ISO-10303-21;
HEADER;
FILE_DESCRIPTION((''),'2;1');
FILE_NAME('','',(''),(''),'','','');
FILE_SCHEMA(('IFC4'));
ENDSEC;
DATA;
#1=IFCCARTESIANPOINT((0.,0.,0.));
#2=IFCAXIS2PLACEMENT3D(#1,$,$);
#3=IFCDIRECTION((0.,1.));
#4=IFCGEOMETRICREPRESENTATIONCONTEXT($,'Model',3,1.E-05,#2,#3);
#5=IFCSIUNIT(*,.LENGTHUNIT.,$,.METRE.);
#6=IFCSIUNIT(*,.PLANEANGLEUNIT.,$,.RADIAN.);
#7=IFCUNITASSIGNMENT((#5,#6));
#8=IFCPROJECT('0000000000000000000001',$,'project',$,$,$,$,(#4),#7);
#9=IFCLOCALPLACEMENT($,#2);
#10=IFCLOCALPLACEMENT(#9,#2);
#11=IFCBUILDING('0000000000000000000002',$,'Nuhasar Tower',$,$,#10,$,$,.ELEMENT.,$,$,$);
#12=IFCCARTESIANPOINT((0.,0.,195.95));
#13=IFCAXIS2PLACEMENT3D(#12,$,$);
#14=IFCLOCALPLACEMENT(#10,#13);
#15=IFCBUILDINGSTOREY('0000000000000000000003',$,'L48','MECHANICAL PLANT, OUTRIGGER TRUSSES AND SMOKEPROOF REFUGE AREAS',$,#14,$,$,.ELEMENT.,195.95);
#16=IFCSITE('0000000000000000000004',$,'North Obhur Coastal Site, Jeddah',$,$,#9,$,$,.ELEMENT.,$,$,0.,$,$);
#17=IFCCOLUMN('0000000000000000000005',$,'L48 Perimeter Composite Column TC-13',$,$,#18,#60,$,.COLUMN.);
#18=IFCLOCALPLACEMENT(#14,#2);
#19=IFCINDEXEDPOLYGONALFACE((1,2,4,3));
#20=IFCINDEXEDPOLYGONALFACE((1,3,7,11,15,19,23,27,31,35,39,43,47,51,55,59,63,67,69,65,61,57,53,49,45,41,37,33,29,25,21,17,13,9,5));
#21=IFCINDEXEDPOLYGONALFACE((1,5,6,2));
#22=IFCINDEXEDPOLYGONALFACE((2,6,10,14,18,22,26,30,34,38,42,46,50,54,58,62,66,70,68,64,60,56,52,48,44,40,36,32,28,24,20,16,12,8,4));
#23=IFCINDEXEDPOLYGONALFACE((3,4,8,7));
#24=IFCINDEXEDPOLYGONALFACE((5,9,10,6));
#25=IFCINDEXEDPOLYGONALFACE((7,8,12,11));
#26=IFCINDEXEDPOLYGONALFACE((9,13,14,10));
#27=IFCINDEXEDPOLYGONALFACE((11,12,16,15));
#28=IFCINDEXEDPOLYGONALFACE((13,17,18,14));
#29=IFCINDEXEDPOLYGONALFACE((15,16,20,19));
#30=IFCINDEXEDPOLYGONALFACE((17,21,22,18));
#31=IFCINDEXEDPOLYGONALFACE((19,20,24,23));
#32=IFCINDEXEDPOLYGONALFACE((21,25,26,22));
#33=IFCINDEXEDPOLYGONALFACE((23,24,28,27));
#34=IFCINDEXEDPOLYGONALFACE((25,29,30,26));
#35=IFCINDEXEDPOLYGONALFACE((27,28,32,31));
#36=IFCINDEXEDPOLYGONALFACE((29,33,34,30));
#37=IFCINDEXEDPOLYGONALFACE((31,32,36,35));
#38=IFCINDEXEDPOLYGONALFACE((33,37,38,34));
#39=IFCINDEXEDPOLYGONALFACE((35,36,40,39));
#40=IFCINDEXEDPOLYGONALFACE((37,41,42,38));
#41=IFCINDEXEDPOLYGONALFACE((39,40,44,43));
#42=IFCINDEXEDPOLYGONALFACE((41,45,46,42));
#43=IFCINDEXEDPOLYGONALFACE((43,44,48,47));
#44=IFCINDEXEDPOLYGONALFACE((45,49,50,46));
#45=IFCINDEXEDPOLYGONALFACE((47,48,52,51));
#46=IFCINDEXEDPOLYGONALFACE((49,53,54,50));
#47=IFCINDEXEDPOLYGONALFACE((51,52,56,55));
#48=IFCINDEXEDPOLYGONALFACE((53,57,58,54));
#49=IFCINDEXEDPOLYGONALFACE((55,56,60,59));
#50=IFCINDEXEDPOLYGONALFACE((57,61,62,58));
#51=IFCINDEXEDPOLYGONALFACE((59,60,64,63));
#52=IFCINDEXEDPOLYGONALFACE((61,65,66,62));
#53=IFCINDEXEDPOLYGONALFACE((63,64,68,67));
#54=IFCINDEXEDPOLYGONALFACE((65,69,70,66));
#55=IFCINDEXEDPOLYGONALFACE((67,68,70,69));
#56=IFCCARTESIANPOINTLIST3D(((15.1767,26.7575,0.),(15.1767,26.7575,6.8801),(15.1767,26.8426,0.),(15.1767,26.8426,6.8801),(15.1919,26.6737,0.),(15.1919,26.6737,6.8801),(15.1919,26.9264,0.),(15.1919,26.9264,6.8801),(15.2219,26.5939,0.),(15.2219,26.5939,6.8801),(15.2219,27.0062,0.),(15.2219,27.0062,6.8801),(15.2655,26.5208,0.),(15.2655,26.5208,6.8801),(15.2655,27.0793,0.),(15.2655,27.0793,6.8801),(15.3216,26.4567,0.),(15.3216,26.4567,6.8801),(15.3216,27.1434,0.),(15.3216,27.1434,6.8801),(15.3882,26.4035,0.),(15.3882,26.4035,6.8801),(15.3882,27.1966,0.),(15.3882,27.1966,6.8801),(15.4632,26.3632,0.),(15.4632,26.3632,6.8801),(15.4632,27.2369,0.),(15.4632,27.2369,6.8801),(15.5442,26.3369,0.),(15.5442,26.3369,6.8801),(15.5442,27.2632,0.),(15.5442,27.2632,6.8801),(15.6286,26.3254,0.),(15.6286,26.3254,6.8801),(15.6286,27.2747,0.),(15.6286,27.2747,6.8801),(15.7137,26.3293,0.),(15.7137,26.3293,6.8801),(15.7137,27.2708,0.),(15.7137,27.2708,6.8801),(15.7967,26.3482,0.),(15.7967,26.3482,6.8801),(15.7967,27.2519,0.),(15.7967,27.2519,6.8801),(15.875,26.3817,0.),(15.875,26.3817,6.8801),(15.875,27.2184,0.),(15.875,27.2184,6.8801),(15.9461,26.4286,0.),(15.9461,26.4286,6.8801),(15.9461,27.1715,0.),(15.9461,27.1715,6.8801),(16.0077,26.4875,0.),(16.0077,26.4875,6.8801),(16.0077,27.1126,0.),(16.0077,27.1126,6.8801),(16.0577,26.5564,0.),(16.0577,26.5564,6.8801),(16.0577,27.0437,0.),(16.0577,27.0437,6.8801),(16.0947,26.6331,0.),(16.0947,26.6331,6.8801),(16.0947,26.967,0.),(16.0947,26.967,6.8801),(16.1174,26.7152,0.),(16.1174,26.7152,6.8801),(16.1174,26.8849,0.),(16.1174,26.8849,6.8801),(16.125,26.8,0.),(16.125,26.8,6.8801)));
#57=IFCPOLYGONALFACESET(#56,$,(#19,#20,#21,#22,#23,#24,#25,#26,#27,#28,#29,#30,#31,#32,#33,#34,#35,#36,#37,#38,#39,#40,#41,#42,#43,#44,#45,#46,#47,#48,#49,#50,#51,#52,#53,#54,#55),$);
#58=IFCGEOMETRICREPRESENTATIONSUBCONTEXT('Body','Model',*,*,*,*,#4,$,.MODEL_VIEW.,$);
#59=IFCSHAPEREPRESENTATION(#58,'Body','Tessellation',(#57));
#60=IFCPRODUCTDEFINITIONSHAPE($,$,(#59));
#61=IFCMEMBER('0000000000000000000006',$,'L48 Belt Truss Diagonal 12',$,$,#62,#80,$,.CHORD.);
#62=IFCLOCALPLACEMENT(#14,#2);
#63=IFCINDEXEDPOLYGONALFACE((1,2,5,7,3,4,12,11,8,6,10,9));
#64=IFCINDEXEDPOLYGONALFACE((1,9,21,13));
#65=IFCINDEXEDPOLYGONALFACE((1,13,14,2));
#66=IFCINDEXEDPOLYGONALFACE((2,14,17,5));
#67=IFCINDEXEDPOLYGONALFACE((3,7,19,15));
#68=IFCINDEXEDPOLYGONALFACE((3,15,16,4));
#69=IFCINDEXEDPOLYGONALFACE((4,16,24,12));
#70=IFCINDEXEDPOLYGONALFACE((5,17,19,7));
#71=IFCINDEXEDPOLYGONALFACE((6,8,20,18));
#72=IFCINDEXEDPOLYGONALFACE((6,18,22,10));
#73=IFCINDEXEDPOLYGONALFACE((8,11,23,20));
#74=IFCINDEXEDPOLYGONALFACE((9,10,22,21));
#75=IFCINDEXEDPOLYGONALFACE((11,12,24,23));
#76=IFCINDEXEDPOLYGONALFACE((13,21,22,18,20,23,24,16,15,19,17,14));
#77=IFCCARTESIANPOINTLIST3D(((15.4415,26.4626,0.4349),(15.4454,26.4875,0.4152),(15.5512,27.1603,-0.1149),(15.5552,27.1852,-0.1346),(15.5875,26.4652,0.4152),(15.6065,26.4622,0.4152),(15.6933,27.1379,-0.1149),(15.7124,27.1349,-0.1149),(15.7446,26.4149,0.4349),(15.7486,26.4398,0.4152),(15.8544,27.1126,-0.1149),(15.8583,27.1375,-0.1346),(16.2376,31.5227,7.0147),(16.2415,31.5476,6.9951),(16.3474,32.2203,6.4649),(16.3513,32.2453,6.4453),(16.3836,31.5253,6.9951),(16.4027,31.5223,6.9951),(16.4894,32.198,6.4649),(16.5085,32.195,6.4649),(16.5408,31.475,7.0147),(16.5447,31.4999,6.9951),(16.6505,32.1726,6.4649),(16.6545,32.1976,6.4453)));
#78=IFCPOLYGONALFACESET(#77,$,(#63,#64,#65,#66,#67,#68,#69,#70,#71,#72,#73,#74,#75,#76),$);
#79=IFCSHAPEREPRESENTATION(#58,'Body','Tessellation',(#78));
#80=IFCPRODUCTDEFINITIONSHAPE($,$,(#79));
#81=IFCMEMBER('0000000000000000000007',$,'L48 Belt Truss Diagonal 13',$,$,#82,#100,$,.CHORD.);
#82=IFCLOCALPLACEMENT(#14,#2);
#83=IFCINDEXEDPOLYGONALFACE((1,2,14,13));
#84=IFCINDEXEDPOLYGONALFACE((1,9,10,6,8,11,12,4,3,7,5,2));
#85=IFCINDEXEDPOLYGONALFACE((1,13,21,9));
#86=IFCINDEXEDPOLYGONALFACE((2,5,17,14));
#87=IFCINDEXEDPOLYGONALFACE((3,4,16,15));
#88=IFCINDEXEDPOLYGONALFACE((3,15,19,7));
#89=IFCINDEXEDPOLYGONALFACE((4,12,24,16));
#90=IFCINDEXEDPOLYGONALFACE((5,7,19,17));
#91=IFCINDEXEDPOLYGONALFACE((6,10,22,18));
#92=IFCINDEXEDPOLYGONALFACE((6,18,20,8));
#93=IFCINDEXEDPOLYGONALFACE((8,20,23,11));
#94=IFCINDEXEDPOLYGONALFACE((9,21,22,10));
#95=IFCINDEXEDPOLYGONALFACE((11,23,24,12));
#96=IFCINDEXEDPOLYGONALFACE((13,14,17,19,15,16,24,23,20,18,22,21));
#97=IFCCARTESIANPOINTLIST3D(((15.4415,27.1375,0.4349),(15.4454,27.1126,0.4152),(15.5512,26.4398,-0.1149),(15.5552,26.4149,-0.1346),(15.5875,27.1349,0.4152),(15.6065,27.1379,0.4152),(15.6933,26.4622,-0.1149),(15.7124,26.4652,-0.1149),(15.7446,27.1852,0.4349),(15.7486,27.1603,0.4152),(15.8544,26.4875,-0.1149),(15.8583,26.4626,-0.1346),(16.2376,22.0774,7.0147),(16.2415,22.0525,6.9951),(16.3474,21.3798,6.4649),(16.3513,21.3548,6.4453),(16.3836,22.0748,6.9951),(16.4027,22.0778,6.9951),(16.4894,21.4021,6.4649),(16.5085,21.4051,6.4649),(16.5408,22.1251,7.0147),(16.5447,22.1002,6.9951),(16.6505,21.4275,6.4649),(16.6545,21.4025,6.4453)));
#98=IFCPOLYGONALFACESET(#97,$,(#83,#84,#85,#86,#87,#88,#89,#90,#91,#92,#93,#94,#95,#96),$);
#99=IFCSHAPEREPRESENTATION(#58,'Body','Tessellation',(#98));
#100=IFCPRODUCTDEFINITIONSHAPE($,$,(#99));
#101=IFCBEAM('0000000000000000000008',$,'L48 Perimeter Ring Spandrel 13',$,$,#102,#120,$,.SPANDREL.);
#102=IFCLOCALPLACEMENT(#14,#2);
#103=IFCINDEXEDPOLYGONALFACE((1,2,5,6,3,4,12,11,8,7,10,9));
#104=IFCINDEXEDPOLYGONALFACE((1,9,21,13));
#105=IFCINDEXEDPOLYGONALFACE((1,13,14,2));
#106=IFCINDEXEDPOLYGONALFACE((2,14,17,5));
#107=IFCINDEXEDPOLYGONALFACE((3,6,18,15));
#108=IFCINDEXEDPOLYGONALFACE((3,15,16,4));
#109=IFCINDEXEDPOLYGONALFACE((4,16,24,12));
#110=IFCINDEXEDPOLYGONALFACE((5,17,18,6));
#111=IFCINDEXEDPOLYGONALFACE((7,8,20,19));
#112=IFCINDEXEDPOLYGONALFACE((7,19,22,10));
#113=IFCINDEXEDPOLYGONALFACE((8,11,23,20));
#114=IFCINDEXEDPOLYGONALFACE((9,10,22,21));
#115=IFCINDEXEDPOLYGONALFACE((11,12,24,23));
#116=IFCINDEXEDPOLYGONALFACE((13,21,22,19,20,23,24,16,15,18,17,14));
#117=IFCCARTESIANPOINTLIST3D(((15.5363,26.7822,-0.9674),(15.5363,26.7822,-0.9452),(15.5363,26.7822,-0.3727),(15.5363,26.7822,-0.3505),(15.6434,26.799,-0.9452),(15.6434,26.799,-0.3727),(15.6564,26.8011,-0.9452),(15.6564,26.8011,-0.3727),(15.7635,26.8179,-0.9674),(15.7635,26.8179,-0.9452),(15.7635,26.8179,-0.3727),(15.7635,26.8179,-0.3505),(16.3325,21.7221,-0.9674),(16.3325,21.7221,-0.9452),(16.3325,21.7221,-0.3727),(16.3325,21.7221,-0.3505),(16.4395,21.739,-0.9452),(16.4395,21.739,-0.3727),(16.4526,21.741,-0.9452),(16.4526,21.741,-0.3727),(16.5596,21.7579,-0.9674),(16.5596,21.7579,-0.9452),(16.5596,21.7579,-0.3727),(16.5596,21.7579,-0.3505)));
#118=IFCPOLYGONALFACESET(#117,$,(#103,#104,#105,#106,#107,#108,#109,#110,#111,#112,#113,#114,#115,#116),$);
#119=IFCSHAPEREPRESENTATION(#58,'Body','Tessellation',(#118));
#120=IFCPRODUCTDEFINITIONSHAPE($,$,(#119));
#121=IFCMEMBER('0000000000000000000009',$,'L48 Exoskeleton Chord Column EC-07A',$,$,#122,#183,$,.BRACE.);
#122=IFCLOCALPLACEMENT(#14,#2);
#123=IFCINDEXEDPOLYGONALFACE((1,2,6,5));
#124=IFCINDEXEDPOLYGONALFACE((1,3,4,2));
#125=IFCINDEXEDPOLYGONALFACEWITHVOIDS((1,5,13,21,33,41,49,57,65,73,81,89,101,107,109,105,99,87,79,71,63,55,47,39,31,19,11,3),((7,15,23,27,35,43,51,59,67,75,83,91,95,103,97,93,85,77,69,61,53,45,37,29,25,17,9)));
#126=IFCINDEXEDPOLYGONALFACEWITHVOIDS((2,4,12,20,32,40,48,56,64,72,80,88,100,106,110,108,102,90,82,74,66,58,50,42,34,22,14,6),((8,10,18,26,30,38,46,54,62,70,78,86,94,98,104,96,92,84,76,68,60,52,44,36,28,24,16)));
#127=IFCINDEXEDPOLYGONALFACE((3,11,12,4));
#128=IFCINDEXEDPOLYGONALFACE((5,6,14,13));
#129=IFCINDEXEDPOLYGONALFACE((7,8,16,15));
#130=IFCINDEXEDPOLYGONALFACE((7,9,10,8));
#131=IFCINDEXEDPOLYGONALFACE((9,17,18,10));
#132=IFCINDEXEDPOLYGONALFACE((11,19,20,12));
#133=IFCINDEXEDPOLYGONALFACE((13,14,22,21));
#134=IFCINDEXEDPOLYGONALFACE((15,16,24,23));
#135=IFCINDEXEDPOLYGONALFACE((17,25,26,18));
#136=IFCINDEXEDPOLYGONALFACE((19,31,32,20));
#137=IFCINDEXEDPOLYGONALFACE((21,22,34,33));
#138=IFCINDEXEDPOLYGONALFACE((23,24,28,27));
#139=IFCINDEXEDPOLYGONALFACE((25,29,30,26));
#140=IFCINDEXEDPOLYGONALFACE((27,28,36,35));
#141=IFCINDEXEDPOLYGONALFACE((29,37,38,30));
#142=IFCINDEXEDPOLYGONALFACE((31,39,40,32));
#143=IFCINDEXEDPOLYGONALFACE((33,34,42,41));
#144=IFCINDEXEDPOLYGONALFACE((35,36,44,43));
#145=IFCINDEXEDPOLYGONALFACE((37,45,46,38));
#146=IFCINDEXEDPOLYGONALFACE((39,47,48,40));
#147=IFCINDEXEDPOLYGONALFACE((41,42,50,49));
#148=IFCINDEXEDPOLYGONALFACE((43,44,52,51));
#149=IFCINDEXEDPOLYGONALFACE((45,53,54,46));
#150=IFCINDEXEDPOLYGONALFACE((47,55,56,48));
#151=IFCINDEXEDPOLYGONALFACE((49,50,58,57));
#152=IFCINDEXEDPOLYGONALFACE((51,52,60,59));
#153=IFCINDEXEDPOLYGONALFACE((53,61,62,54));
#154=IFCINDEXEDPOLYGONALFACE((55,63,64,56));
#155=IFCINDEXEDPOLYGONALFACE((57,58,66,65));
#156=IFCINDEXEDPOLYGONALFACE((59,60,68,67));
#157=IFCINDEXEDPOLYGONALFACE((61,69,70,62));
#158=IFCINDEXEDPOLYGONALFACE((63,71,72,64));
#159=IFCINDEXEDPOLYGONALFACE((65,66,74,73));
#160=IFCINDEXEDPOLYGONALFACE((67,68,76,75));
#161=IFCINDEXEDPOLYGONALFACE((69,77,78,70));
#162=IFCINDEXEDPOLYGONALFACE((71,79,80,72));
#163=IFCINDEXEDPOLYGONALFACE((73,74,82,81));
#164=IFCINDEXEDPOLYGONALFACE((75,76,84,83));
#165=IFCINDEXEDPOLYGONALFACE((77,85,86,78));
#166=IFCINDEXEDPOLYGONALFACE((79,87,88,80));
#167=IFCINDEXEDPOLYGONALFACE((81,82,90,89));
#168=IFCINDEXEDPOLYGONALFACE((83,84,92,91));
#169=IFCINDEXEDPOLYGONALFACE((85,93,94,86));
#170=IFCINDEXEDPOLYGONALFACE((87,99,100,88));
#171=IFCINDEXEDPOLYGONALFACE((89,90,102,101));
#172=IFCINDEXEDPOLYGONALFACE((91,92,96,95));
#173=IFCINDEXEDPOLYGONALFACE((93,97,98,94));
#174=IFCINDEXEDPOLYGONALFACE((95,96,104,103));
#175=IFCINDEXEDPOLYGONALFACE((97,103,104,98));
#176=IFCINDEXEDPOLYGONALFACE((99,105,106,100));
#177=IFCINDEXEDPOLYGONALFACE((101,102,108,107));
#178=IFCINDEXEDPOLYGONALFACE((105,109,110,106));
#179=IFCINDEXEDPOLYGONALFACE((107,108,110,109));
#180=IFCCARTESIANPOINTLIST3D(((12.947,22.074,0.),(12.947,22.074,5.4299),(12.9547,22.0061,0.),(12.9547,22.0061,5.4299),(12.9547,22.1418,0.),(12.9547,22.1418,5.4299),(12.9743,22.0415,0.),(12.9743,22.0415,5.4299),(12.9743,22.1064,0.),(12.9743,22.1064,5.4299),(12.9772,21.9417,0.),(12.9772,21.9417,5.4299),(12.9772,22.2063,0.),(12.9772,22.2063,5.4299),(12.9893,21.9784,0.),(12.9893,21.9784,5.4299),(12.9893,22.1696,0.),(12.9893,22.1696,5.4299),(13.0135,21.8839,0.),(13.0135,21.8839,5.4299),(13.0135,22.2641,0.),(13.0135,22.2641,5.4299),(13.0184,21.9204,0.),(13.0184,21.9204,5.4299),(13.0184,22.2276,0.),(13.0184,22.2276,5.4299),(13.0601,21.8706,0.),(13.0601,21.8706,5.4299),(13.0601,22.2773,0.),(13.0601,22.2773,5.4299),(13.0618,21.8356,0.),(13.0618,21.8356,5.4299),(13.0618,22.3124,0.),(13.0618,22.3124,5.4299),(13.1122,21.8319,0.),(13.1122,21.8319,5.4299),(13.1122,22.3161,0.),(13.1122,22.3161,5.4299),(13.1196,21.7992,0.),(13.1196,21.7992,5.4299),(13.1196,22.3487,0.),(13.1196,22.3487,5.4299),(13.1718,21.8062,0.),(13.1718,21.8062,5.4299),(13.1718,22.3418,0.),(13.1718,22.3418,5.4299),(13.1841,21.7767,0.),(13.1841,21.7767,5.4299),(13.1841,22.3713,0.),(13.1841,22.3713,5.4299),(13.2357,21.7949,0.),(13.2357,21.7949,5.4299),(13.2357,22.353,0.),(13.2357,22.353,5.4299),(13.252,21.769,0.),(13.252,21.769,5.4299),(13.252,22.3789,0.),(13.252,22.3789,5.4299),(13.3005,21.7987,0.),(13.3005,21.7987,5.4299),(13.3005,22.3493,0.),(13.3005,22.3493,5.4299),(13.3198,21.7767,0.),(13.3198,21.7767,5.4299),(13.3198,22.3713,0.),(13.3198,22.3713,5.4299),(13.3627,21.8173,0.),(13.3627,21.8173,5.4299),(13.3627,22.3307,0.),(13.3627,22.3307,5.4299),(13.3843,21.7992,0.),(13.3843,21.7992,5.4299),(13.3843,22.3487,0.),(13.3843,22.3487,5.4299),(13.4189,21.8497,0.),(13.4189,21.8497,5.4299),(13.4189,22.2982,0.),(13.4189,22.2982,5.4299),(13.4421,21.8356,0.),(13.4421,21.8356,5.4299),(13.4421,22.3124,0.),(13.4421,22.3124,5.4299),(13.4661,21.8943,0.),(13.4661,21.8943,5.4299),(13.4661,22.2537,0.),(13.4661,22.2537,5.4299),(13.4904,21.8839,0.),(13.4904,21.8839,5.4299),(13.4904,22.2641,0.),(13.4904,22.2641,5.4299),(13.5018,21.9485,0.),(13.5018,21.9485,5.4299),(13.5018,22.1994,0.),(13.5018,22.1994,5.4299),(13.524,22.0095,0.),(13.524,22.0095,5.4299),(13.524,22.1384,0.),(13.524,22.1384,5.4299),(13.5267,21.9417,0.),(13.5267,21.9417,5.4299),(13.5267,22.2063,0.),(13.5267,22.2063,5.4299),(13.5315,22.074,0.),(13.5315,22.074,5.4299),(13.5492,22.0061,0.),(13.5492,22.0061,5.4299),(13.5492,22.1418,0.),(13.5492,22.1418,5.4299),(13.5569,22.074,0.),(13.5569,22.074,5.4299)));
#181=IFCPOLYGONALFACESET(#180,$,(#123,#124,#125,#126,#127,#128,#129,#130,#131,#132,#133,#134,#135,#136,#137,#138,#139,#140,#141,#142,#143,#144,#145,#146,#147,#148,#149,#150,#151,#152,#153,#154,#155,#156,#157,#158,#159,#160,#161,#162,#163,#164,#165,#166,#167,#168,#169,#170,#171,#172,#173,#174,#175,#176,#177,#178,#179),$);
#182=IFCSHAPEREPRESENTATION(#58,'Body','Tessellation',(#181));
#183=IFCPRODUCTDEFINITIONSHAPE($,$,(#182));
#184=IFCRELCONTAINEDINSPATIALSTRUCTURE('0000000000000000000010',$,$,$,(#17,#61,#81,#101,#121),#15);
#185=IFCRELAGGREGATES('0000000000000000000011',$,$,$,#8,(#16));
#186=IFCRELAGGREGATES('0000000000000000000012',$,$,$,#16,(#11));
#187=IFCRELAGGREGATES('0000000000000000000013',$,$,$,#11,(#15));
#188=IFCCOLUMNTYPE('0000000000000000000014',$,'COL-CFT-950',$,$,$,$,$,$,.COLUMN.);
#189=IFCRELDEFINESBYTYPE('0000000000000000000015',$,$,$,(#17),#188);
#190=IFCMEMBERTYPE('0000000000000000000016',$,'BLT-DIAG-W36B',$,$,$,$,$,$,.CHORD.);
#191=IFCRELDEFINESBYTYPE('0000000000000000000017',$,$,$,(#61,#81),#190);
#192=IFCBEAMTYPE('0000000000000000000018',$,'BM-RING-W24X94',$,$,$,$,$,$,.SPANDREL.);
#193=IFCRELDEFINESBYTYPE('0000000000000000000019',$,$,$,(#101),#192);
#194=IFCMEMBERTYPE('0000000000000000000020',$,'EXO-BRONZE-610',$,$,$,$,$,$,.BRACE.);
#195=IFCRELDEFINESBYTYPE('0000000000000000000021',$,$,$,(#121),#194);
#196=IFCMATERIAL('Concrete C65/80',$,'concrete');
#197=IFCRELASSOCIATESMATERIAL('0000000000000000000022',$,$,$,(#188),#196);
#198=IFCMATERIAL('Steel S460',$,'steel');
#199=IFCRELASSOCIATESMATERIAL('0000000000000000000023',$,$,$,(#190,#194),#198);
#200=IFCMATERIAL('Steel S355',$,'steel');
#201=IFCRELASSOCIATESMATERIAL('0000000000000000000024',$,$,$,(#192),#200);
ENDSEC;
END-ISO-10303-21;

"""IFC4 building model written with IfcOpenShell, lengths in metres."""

from ifc_helpers import new_model, si_unit, direction, frame, origin, origin_2d, place, context, subcontext, project, spatial, circle, hollow_circle, i_section, extrude, material, material_profile, profile_set, type_object, element, save


model = new_model("IFC4")

# Units and contexts
model_context = context("Model", 3, precision=1e-05, world=origin(), true_north=direction((0.0, 1.0)))
body_context = subcontext(model_context, "Body", "Model", "MODEL_VIEW")
ifc_project = project(units=[si_unit("LENGTHUNIT", "METRE"), si_unit("PLANEANGLEUNIT", "RADIAN")], contexts=[model_context])

# Site, building, storey
site_placement = place(None, origin())
site = spatial("IfcSite", under=ifc_project, at=site_placement, Name="North Obhur Coastal Site, Jeddah", CompositionType="ELEMENT", RefElevation=0.0)
building_placement = place(site_placement, origin())
building = spatial("IfcBuilding", under=site, at=building_placement, Name="Nuhasar Tower", CompositionType="ELEMENT")
storey_placement = place(building_placement, frame((0.0, 0.0, 195.95)))
storey = spatial("IfcBuildingStorey", under=building, at=storey_placement, Name="L48", Description="MECHANICAL PLANT, OUTRIGGER TRUSSES AND SMOKEPROOF REFUGE AREAS", CompositionType="ELEMENT", Elevation=195.95)

# Column
ifc_material_1 = material(Name="Concrete C65/80", Category="concrete")
ifc_material_profile_1 = material_profile(ifc_material_1, circle(Radius=0.4751, at=origin_2d()), Name="CFT950")
ifc_profile_set_1 = profile_set([ifc_material_profile_1], Name="Concrete C65/80")
column_type = type_object("IfcColumnType", Name="COL-CFT-950", PredefinedType="COLUMN", material=ifc_profile_set_1)
column_placement = place(storey_placement, frame((15.6499, 26.8, 0.0), z_axis=(0.0, 0.0, 1.0), x_axis=(1.0, 0.0, 0.0)))
element("IfcColumn", 1, at=column_placement, inside=storey, type_object=column_type, Name="L48 Perimeter Composite Column TC-13", PredefinedType="COLUMN", context=body_context, shape_type="SweptSolid", body=[
    extrude(circle(Radius=0.4751, at=origin_2d()), origin(), (0.0, 0.0, 1.0), 6.8801),
])

# Members
ifc_material_2 = material(Name="Steel S460", Category="steel")
ifc_material_profile_2 = material_profile(ifc_material_2, i_section(OverallWidth=0.3069, OverallDepth=0.927, WebThickness=0.0193, FlangeThickness=0.032, at=origin_2d()), Name="W36X194")
ifc_profile_set_2 = profile_set([ifc_material_profile_2], Name="Steel S460")
member_type_1 = type_object("IfcMemberType", Name="BLT-DIAG-W36B", PredefinedType="CHORD", material=ifc_profile_set_2)
for number, where, z_axis, x_axis, name in (
    (2, (15.6499, 26.8, 0.1501), (0.095477, 0.606824, 0.789081), (-0.987847, 0.155427, 0.0), "L48 Belt Truss Diagonal 12"),
    (3, (15.6499, 26.8, 0.1501), (0.095477, -0.606824, 0.789081), (0.987847, 0.155427, 0.0), "L48 Belt Truss Diagonal 13"),
):
    element("IfcMember", number, at=place(storey_placement, frame(where, z_axis=z_axis, x_axis=x_axis)), inside=storey, type_object=member_type_1, Name=name, PredefinedType="CHORD", context=body_context, shape_type="SweptSolid", body=[
        extrude(i_section(OverallWidth=0.3069, OverallDepth=0.927, WebThickness=0.0193, FlangeThickness=0.032, at=origin_2d()), origin(), (0.0, 0.0, 1.0), 8.3386),
    ])

# Beam
ifc_material_3 = material(Name="Steel S355", Category="steel")
ifc_material_profile_3 = material_profile(ifc_material_3, i_section(OverallWidth=0.23, OverallDepth=0.6169, WebThickness=0.0132, FlangeThickness=0.0222, at=origin_2d()), Name="W24X94")
ifc_profile_set_3 = profile_set([ifc_material_profile_3], Name="Steel S355")
beam_type = type_object("IfcBeamType", Name="BM-RING-W24X94", PredefinedType="SPANDREL", material=ifc_profile_set_3)
beam_placement = place(storey_placement, frame((15.6499, 26.8, -0.6589), z_axis=(0.155427, -0.987847, 0.0), x_axis=(0.987847, 0.155427, 0.0)))
element("IfcBeam", 4, at=beam_placement, inside=storey, type_object=beam_type, Name="L48 Perimeter Ring Spandrel 13", PredefinedType="SPANDREL", context=body_context, shape_type="SweptSolid", body=[
    extrude(i_section(OverallWidth=0.23, OverallDepth=0.6169, WebThickness=0.0132, FlangeThickness=0.0222, at=origin_2d()), origin(), (0.0, 0.0, 1.0), 5.1223),
])

# Member
ifc_material_profile_4 = material_profile(ifc_material_2, hollow_circle(Radius=0.3049, WallThickness=0.0254, at=origin_2d()), Name="HSS610X25.4")
ifc_profile_set_4 = profile_set([ifc_material_profile_4], Name="Steel S460")
member_type_2 = type_object("IfcMemberType", Name="EXO-BRONZE-610", PredefinedType="BRACE", material=ifc_profile_set_4)
for number, where, z_axis, x_axis, name in (
    (5, (13.252, 22.074, 0.0), (0.0, 0.0, 1.0), (1.0, 0.0, 0.0), "L48 Exoskeleton Chord Column EC-07A"),
):
    element("IfcMember", number, at=place(storey_placement, frame(where, z_axis=z_axis, x_axis=x_axis)), inside=storey, type_object=member_type_2, Name=name, PredefinedType="BRACE", context=body_context, shape_type="SweptSolid", body=[
        extrude(hollow_circle(Radius=0.3049, WallThickness=0.0254, at=origin_2d()), origin(), (0.0, 0.0, 1.0), 5.4299),
    ])

save(model, "model.ifc")
